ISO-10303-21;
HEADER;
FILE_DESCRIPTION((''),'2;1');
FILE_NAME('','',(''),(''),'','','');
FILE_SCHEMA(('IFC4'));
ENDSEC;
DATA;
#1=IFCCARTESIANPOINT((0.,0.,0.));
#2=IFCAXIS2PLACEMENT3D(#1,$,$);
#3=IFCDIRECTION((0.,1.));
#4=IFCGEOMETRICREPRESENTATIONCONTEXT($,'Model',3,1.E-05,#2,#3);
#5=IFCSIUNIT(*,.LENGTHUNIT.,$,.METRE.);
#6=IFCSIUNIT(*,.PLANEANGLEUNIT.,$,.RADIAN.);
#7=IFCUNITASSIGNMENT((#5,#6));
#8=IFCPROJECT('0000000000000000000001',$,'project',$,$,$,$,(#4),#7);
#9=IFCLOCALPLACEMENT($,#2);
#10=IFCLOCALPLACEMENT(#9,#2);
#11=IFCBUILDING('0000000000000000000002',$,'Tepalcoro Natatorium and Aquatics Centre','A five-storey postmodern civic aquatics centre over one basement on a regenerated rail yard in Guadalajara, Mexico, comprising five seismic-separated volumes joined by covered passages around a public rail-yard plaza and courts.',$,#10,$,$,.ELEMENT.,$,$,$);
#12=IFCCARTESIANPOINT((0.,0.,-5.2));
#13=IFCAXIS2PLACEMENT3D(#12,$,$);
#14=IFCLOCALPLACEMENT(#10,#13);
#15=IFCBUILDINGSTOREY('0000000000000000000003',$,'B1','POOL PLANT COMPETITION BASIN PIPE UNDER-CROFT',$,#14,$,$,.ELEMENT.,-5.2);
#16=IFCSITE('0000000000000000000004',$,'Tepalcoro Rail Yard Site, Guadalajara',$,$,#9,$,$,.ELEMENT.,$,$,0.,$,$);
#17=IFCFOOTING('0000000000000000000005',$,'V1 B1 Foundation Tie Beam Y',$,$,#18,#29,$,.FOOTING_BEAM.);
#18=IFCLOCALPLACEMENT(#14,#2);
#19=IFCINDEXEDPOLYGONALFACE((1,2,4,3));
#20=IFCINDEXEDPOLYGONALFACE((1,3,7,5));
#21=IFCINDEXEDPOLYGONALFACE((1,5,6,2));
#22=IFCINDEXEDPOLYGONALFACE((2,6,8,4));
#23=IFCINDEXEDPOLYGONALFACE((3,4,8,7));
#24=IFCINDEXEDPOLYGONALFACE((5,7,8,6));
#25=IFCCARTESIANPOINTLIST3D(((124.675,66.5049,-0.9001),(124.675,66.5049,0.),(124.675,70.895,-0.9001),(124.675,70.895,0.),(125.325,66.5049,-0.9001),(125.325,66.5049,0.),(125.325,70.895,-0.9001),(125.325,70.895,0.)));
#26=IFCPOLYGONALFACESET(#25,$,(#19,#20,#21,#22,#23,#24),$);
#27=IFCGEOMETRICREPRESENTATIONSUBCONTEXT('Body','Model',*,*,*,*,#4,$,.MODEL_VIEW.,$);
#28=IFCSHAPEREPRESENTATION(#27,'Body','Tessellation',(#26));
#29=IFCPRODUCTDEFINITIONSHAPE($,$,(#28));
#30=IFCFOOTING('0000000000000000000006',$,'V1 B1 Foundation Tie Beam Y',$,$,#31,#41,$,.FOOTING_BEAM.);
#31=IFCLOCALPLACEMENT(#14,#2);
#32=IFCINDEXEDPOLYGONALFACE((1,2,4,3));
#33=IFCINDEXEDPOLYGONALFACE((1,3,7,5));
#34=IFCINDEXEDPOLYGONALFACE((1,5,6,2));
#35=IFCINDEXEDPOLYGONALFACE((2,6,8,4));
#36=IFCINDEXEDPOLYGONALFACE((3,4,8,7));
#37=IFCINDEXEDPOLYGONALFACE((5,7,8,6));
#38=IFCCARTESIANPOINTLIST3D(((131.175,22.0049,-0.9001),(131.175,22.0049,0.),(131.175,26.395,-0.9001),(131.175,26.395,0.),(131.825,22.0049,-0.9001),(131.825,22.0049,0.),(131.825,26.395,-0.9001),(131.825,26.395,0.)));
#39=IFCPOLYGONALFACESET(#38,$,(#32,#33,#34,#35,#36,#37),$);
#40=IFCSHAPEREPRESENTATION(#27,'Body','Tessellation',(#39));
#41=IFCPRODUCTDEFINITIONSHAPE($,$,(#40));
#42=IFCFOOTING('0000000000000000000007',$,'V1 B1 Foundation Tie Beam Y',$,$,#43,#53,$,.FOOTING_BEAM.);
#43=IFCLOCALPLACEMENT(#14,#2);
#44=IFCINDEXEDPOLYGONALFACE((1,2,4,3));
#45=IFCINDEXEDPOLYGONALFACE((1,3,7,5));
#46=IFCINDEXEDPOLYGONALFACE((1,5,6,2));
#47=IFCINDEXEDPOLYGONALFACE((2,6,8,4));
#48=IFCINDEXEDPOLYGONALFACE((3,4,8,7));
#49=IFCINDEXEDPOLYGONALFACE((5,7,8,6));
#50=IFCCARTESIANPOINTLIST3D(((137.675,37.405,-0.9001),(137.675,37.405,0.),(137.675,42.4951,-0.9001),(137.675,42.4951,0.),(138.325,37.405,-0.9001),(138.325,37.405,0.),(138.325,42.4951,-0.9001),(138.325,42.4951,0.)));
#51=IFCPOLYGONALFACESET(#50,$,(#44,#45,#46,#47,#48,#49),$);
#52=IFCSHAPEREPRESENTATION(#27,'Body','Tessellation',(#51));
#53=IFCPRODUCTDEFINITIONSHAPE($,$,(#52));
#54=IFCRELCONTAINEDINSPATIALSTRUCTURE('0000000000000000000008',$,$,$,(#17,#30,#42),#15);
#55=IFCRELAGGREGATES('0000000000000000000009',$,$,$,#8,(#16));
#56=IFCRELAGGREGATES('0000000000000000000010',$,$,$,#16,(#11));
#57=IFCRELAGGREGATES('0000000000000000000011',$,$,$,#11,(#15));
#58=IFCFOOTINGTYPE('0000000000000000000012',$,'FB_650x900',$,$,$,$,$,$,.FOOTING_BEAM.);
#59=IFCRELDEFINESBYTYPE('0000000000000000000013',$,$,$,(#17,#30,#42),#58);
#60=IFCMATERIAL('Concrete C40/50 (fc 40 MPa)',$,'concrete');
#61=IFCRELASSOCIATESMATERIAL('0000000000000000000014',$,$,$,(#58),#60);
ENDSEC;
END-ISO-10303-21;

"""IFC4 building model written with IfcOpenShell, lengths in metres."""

from ifc_helpers import new_model, si_unit, direction, frame, origin, place, context, subcontext, project, spatial, polyline, outline, extrude, material, type_object, element, save


model = new_model("IFC4")

# Units and contexts
model_context = context("Model", 3, precision=1e-05, world=origin(), true_north=direction((0.0, 1.0)))
body_context = subcontext(model_context, "Body", "Model", "MODEL_VIEW")
ifc_project = project(units=[si_unit("LENGTHUNIT", "METRE"), si_unit("PLANEANGLEUNIT", "RADIAN")], contexts=[model_context])

# Site, building, storey
site_placement = place(None, origin())
site = spatial("IfcSite", under=ifc_project, at=site_placement, Name="Tepalcoro Rail Yard Site, Guadalajara", CompositionType="ELEMENT", RefElevation=0.0)
building_placement = place(site_placement, origin())
building = spatial("IfcBuilding", under=site, at=building_placement, Name="Tepalcoro Natatorium and Aquatics Centre", Description="A five-storey postmodern civic aquatics centre over one basement on a regenerated rail yard in Guadalajara, Mexico, comprising five seismic-separated volumes joined by covered passages around a public rail-yard plaza and courts.", CompositionType="ELEMENT")
storey_placement = place(building_placement, frame((0.0, 0.0, -5.2)))
storey = spatial("IfcBuildingStorey", under=building, at=storey_placement, Name="B1", Description="POOL PLANT COMPETITION BASIN PIPE UNDER-CROFT", CompositionType="ELEMENT", Elevation=-5.2)

# Footings
ifc_material = material(Name="Concrete C40/50 (fc 40 MPa)", Category="concrete")
footing_type_1 = type_object("IfcFootingType", Name="FB_650x900", PredefinedType="FOOTING_BEAM", material=ifc_material)
footing_1_placement = place(storey_placement, frame((0.0, 0.0, -0.9001)))
element("IfcFooting", 1, at=footing_1_placement, inside=storey, type_object=footing_type_1, Name="V1 B1 Foundation Tie Beam Y", PredefinedType="FOOTING_BEAM", context=body_context, shape_type="SweptSolid", body=[
    extrude(outline(polyline([(125.325, 66.5049), (125.325, 70.895), (124.675, 70.895), (124.675, 66.5049), (125.325, 66.5049)])), origin(), (0.0, 0.0, 1.0), 0.9001),
])
footing_2_placement = place(storey_placement, frame((0.0, 0.0, -0.9001)))
element("IfcFooting", 2, at=footing_2_placement, inside=storey, type_object=footing_type_1, Name="V1 B1 Foundation Tie Beam Y", PredefinedType="FOOTING_BEAM", context=body_context, shape_type="SweptSolid", body=[
    extrude(outline(polyline([(131.825, 22.0049), (131.825, 26.395), (131.175, 26.395), (131.175, 22.0049), (131.825, 22.0049)])), origin(), (0.0, 0.0, 1.0), 0.9001),
])
footing_3_placement = place(storey_placement, frame((0.0, 0.0, -0.9001)))
element("IfcFooting", 3, at=footing_3_placement, inside=storey, type_object=footing_type_1, Name="V1 B1 Foundation Tie Beam Y", PredefinedType="FOOTING_BEAM", context=body_context, shape_type="SweptSolid", body=[
    extrude(outline(polyline([(138.325, 37.405), (138.325, 42.4951), (137.675, 42.4951), (137.675, 37.405), (138.325, 37.405)])), origin(), (0.0, 0.0, 1.0), 0.9001),
])

save(model, "model.ifc")
